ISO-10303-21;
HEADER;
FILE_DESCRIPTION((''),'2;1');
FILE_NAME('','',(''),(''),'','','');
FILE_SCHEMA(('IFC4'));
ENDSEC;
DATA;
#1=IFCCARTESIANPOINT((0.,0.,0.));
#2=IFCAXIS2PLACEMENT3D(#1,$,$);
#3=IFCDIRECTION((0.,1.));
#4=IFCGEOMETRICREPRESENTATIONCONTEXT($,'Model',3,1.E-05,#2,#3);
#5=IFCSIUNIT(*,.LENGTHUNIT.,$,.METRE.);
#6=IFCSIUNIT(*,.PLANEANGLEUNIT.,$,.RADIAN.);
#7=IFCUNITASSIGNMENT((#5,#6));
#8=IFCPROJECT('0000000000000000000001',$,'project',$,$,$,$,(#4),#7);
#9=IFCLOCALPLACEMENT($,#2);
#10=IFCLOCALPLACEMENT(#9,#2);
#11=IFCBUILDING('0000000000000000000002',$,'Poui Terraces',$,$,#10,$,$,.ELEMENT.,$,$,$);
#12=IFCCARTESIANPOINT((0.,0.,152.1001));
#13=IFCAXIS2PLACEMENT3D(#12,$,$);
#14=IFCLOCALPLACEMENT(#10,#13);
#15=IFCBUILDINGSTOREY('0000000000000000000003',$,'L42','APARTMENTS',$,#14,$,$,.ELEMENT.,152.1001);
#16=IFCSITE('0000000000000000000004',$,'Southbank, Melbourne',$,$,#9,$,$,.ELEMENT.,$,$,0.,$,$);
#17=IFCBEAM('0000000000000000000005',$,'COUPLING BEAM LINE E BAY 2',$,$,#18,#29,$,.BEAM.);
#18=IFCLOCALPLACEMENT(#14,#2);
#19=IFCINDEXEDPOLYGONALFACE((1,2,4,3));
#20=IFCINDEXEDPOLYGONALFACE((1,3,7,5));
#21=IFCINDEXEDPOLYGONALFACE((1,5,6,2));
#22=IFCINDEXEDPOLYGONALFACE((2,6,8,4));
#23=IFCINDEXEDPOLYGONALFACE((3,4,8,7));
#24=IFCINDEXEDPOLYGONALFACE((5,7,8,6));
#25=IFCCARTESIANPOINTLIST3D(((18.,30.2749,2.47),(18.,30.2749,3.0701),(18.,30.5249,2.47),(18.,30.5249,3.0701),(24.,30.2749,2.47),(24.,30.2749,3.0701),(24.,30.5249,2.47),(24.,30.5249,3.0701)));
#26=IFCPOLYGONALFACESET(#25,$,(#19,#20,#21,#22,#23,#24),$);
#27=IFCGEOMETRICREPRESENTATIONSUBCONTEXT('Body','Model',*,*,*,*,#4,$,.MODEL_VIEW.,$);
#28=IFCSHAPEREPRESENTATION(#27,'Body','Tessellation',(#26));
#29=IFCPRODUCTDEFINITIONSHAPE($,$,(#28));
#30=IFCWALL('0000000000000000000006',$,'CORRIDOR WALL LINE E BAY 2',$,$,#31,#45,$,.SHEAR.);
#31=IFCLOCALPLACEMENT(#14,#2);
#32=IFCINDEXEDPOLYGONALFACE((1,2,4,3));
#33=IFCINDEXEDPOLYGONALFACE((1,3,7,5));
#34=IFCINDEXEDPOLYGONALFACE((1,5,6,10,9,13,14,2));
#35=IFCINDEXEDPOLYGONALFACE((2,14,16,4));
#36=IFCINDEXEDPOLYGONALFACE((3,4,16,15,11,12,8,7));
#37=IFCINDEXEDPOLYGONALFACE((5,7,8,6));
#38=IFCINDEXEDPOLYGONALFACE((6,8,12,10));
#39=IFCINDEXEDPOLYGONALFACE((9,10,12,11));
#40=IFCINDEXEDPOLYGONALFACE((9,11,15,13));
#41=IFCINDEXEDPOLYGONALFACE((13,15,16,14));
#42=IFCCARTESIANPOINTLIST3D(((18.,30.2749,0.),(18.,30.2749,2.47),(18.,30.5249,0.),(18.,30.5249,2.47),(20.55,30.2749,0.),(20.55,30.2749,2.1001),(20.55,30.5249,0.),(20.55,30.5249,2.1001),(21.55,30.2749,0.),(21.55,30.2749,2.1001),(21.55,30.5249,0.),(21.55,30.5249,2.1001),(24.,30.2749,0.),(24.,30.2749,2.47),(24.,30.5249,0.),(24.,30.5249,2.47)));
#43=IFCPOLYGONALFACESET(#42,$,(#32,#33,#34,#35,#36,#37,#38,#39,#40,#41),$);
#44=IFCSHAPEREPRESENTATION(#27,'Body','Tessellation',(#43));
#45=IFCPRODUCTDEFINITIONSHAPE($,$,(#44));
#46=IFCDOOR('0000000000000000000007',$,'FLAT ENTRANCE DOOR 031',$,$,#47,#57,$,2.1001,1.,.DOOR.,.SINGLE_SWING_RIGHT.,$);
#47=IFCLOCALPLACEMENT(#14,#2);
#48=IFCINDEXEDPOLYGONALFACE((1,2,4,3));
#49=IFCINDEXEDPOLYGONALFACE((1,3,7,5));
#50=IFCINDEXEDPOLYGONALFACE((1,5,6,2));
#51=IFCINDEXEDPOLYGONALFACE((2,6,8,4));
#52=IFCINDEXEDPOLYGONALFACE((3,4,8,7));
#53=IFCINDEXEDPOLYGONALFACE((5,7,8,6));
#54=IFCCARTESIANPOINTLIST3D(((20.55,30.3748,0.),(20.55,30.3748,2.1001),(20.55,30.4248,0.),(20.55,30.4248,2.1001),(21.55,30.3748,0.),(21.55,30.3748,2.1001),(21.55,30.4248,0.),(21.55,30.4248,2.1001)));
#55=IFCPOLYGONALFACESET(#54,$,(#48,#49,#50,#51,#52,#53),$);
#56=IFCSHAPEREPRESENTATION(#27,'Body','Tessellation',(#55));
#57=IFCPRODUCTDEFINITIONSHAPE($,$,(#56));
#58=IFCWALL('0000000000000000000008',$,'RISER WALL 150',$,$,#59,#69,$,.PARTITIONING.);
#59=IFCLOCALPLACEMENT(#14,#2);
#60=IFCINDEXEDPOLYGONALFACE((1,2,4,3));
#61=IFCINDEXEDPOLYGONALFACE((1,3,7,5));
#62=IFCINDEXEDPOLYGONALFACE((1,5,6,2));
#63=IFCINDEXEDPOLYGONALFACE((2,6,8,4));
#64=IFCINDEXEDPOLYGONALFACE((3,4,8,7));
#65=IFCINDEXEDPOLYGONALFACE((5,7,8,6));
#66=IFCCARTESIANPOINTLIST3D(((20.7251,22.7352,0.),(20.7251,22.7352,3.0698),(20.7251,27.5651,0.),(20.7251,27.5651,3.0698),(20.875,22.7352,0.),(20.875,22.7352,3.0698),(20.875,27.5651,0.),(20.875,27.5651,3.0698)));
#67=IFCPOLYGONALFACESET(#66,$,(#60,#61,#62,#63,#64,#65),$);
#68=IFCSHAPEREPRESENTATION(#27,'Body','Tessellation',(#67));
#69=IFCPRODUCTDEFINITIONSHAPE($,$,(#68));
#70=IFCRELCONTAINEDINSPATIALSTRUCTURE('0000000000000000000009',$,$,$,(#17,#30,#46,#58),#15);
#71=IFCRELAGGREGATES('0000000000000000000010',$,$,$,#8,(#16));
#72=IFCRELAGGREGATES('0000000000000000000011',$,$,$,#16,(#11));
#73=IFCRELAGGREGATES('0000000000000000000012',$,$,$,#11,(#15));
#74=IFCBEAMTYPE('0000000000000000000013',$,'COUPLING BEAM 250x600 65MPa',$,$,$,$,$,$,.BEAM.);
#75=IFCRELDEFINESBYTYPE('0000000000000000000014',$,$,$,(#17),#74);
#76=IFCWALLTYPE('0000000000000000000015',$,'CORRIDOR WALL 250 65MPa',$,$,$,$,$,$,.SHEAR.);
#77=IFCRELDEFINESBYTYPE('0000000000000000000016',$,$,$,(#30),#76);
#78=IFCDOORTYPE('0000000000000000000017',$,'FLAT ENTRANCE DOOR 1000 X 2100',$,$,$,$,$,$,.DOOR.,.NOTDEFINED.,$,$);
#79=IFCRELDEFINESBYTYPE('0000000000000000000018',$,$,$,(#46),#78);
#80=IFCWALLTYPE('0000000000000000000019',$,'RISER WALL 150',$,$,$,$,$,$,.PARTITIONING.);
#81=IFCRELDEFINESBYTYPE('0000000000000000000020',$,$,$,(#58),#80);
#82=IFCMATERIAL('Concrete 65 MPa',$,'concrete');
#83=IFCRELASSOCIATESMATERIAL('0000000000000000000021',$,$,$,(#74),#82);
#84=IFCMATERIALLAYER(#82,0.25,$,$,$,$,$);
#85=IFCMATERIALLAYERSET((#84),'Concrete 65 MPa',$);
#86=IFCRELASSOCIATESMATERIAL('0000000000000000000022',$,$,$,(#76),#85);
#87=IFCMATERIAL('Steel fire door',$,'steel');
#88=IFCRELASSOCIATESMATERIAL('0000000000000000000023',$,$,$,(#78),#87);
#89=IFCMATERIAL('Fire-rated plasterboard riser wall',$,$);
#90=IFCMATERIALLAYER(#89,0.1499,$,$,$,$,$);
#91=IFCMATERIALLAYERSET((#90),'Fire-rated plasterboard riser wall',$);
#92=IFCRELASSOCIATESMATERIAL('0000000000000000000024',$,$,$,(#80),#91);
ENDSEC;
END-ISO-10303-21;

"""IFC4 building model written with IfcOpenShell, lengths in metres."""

from ifc_helpers import new_model, si_unit, direction, frame, frame_2d, origin, origin_2d, place, context, subcontext, project, spatial, rectangle, extrude, source, transform, mapped, material, layer, layer_set, material_profile, profile_set, type_object, element, fill, save


model = new_model("IFC4")

# Units and contexts
model_context = context("Model", 3, precision=1e-05, world=origin(), true_north=direction((0.0, 1.0)))
body_context = subcontext(model_context, "Body", "Model", "MODEL_VIEW")
ifc_project = project(units=[si_unit("LENGTHUNIT", "METRE"), si_unit("PLANEANGLEUNIT", "RADIAN")], contexts=[model_context])

# Site, building, storey
site_placement = place(None, origin())
site = spatial("IfcSite", under=ifc_project, at=site_placement, Name="Southbank, Melbourne", CompositionType="ELEMENT", RefElevation=0.0)
building_placement = place(site_placement, origin())
building = spatial("IfcBuilding", under=site, at=building_placement, Name="Poui Terraces", CompositionType="ELEMENT")
storey_placement = place(building_placement, frame((0.0, 0.0, 152.1001)))
storey = spatial("IfcBuildingStorey", under=building, at=storey_placement, Name="L42", Description="APARTMENTS", CompositionType="ELEMENT", Elevation=152.1001)

# Beam
ifc_material_1 = material(Name="Concrete 65 MPa", Category="concrete")
ifc_material_profile = material_profile(ifc_material_1, rectangle(XDim=0.25, YDim=0.6001, at=origin_2d()), Name="RC 250x600")
ifc_profile_set = profile_set([ifc_material_profile], Name="Concrete 65 MPa")
beam_type = type_object("IfcBeamType", Name="COUPLING BEAM 250x600 65MPa", PredefinedType="BEAM", material=ifc_profile_set)
shared_shape = source(origin(), body_context, "Body", "SweptSolid", [
    extrude(rectangle(XDim=0.25, YDim=0.6001, at=origin_2d()), origin(), (0.0, 0.0, 1.0), 6.0),
])
beam_placement = place(storey_placement, frame((18.0, 30.3999, 2.77), z_axis=(1.0, 0.0, 0.0), x_axis=(0.0, 1.0, 0.0)))
element("IfcBeam", 1, at=beam_placement, inside=storey, type_object=beam_type, Name="COUPLING BEAM LINE E BAY 2", PredefinedType="BEAM", context=body_context, shape_type="MappedRepresentation", body=[
    mapped(shared_shape, transform((0.0, 0.0, 0.0))),
])

# Wall, opening, door
ifc_layer_1 = layer(ifc_material_1, 0.25)
ifc_layer_set_1 = layer_set([ifc_layer_1], Name="Concrete 65 MPa")
wall_type_1 = type_object("IfcWallType", Name="CORRIDOR WALL 250 65MPa", PredefinedType="SHEAR", material=ifc_layer_set_1)
wall_1_placement = place(storey_placement, frame((18.0, 30.3999, 0.0), z_axis=(0.0, 0.0, 1.0), x_axis=(1.0, 0.0, 0.0)))
wall_1 = element("IfcWall", 2, at=wall_1_placement, inside=storey, type_object=wall_type_1, Name="CORRIDOR WALL LINE E BAY 2", PredefinedType="SHEAR", context=body_context, shape_type="SweptSolid", body=[
    extrude(rectangle(XDim=6.0, YDim=0.25, at=frame_2d((3.0, 0.0))), origin(), (0.0, 0.0, 1.0), 2.47),
])
opening_placement = place(wall_1_placement, frame((2.55, 0.0, 0.0)))
opening = element("IfcOpeningElement", 3, at=opening_placement, cuts=wall_1, PredefinedType="OPENING", context=body_context, shape_type="SweptSolid", body=[
    extrude(rectangle(XDim=1.0, YDim=2.1001, at=frame_2d((0.5, 1.05))), frame((0.0, 0.135, 0.0), z_axis=(0.0, -1.0, 0.0), x_axis=(1.0, 0.0, 0.0)), (0.0, 0.0, 1.0), 0.27),
])
ifc_material_2 = material(Name="Steel fire door", Category="steel")
door_type = type_object("IfcDoorType", Name="FLAT ENTRANCE DOOR 1000 X 2100", OperationType="NOTDEFINED", PredefinedType="DOOR", material=ifc_material_2)
door_placement = place(opening_placement, origin())
door = element("IfcDoor", 4, at=door_placement, inside=storey, type_object=door_type, Name="FLAT ENTRANCE DOOR 031", OperationType="SINGLE_SWING_RIGHT", OverallHeight=2.1001, OverallWidth=1.0, PredefinedType="DOOR", context=body_context, shape_type="SweptSolid", body=[
    extrude(rectangle(XDim=1.0, YDim=2.1001, at=frame_2d((0.5, 1.05))), frame((0.0, 0.0249, 0.0), z_axis=(0.0, -1.0, 0.0), x_axis=(1.0, 0.0, 0.0)), (0.0, 0.0, 1.0), 0.05),
])
fill(opening, door)

# Wall
ifc_material_3 = material(Name="Fire-rated plasterboard riser wall")
ifc_layer_2 = layer(ifc_material_3, 0.1499)
ifc_layer_set_2 = layer_set([ifc_layer_2], Name="Fire-rated plasterboard riser wall")
wall_type_2 = type_object("IfcWallType", Name="RISER WALL 150", PredefinedType="PARTITIONING", material=ifc_layer_set_2)
wall_2_placement = place(storey_placement, frame((20.8, 22.7351, 0.0), z_axis=(0.0, 0.0, 1.0), x_axis=(0.0, 1.0, 0.0)))
element("IfcWall", 5, at=wall_2_placement, inside=storey, type_object=wall_type_2, Name="RISER WALL 150", PredefinedType="PARTITIONING", context=body_context, shape_type="SweptSolid", body=[
    extrude(rectangle(XDim=4.8298, YDim=0.1499, at=frame_2d((2.415, 0.0))), origin(), (0.0, 0.0, 1.0), 3.0698),
])

save(model, "model.ifc")
